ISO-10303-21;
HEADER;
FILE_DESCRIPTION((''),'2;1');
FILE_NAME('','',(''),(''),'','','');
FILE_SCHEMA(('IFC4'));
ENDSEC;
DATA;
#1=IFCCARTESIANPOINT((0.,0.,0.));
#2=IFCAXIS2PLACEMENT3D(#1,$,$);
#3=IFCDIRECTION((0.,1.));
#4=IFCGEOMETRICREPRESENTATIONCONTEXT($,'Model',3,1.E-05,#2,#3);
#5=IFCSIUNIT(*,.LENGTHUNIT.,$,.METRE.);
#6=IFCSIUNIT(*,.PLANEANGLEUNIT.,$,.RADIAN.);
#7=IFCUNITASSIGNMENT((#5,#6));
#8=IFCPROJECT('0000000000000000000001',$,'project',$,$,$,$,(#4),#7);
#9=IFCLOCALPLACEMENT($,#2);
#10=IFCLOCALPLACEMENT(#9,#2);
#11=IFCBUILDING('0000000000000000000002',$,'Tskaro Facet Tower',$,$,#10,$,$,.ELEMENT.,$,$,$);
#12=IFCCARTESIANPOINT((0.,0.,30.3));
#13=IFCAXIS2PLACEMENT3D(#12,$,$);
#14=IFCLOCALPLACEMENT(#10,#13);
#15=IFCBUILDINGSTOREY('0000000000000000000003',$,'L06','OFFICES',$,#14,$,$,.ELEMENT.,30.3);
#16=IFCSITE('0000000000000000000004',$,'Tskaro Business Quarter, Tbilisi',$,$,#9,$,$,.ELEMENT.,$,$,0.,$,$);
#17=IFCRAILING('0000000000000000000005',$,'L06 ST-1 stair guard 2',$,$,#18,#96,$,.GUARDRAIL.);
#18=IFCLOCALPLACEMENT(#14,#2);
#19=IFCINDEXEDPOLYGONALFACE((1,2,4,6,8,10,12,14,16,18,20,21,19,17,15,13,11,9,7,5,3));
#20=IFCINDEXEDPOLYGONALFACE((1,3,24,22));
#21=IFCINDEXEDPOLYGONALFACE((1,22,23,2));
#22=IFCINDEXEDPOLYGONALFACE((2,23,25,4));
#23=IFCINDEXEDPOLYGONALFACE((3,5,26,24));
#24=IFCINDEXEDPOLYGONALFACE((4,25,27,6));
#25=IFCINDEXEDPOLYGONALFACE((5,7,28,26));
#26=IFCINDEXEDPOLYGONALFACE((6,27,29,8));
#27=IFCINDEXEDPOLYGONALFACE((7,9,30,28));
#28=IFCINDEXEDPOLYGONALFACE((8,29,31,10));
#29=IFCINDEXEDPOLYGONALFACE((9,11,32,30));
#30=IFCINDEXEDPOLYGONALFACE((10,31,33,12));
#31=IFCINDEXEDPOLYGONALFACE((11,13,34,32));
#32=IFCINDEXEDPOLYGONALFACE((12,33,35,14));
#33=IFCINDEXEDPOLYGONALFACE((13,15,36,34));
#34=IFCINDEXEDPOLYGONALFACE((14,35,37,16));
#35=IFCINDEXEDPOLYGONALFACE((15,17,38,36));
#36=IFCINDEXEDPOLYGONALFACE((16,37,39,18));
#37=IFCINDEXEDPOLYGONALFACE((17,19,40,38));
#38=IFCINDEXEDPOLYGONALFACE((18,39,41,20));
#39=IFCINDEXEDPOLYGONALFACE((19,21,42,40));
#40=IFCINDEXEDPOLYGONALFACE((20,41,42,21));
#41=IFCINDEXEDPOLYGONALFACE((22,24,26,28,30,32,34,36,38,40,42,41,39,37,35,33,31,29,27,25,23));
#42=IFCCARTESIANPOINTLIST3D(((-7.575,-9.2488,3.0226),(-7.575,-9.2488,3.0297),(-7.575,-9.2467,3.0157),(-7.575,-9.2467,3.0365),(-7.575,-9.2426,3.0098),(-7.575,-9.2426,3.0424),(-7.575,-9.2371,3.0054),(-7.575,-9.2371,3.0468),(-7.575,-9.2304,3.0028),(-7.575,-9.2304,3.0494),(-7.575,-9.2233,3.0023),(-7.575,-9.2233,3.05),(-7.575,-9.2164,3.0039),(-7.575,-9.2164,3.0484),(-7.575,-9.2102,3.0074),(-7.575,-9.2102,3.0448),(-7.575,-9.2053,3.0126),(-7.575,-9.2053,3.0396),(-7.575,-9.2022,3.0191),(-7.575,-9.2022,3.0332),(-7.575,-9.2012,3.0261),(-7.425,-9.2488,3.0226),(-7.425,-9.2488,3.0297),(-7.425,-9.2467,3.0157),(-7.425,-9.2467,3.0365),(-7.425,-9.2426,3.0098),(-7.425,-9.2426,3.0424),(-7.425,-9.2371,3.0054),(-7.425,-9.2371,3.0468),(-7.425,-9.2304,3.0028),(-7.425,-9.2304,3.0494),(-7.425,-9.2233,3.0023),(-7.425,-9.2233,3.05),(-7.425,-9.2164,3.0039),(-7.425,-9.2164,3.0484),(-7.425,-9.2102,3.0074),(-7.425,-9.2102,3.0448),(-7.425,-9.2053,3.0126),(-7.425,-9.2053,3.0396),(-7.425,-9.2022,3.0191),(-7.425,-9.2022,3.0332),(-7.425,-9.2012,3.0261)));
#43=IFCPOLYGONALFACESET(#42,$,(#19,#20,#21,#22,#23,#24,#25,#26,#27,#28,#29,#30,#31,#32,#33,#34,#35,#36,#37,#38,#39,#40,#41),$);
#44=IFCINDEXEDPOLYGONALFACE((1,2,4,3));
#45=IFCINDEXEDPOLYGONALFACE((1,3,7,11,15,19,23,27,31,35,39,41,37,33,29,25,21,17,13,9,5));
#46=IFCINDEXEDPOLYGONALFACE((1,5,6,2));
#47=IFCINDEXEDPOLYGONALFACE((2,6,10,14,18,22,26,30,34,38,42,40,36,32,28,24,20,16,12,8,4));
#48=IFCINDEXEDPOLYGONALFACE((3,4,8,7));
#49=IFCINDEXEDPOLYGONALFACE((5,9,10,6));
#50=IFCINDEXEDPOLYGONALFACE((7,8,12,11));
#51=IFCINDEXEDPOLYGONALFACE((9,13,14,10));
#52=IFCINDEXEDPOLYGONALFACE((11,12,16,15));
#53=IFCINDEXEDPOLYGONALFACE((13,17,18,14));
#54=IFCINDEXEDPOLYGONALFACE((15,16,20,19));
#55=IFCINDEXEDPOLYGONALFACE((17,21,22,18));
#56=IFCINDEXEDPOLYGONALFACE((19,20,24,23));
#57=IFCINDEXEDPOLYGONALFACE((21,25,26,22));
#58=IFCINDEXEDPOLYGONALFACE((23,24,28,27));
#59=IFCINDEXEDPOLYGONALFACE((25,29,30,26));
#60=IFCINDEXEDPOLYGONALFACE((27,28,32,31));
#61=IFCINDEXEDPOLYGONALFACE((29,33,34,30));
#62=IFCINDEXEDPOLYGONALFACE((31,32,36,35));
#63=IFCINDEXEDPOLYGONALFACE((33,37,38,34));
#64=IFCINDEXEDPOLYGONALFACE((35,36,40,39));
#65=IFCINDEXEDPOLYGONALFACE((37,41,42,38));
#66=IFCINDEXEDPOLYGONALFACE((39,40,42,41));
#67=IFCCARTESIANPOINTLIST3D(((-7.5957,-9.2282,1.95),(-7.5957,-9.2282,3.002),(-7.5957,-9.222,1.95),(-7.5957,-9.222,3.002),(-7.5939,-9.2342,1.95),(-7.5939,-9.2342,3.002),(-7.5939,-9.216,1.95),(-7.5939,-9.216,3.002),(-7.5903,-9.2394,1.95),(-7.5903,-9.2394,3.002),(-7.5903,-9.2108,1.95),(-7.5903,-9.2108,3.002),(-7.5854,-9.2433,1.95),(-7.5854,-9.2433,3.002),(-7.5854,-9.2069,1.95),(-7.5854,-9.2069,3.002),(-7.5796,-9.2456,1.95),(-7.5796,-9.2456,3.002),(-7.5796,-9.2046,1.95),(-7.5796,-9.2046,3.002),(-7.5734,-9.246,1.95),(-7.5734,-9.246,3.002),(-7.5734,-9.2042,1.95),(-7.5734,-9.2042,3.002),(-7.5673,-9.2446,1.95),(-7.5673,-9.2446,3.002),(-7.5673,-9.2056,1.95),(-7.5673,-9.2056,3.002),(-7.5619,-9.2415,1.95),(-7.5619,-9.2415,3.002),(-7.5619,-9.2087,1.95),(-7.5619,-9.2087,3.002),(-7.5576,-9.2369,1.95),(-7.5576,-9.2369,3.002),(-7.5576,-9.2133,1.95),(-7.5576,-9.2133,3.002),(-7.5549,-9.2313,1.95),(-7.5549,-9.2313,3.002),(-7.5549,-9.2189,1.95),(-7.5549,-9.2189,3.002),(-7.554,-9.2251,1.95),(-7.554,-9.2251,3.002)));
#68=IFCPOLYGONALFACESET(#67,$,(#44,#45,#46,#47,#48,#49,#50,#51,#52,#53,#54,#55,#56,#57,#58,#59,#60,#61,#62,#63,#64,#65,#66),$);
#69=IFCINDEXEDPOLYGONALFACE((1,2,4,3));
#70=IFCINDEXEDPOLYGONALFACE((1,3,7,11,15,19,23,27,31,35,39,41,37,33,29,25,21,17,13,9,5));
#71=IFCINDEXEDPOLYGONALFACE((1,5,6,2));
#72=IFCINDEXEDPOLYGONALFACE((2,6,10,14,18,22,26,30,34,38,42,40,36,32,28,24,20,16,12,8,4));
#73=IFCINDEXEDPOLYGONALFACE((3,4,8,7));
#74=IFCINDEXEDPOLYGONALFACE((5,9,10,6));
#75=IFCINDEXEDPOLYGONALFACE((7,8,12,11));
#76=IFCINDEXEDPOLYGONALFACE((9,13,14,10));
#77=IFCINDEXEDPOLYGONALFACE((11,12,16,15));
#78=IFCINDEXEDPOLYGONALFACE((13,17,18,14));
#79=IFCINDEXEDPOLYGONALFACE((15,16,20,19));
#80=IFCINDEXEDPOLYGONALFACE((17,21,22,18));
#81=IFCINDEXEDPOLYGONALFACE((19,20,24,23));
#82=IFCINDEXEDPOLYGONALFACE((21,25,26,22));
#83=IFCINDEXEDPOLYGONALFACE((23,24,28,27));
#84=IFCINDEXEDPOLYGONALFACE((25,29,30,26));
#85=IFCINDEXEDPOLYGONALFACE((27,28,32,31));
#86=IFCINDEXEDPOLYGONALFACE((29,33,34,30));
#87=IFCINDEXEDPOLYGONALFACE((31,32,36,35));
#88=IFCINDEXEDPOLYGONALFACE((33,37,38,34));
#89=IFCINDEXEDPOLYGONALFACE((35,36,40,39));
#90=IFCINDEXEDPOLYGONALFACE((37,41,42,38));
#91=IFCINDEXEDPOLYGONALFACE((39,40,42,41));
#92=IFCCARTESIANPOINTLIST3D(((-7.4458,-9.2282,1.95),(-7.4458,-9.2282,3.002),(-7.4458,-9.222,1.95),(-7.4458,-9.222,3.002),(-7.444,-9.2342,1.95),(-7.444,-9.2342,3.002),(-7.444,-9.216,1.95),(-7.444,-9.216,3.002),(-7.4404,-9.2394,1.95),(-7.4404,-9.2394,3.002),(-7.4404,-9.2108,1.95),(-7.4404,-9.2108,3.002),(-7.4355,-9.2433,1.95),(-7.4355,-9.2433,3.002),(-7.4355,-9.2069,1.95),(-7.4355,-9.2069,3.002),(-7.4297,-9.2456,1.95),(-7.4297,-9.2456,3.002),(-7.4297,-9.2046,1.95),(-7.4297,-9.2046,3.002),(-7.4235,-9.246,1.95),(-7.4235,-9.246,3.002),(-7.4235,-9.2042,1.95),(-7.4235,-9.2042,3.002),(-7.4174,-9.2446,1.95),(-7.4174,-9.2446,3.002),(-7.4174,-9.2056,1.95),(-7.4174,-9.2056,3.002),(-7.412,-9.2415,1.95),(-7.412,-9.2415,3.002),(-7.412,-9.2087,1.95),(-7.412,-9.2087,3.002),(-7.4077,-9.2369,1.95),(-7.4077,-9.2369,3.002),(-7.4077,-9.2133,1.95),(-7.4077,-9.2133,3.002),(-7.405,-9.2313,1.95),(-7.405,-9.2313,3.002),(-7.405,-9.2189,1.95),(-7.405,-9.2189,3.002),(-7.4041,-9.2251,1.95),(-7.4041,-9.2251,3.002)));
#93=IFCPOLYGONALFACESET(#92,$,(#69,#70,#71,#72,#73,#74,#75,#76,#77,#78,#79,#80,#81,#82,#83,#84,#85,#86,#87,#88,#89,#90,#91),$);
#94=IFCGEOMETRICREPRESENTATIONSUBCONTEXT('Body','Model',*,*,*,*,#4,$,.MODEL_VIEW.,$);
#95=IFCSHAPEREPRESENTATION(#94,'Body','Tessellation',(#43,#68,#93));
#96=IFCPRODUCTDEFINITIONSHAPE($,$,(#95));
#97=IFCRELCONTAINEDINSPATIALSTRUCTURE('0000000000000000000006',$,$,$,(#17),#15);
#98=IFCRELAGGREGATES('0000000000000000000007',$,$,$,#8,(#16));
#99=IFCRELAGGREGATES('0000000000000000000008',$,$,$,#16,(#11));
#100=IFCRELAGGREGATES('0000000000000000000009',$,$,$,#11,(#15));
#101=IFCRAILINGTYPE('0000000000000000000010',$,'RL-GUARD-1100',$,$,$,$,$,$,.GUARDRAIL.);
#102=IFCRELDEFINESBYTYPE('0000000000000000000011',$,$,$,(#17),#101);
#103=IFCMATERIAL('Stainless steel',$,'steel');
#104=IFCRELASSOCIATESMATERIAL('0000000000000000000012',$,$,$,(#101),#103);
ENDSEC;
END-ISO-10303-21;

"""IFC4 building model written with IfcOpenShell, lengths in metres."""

from ifc_helpers import new_model, si_unit, direction, frame, origin, origin_2d, place, context, subcontext, project, spatial, circle, extrude, material, type_object, element, save


model = new_model("IFC4")

# Units and contexts
model_context = context("Model", 3, precision=1e-05, world=origin(), true_north=direction((0.0, 1.0)))
body_context = subcontext(model_context, "Body", "Model", "MODEL_VIEW")
ifc_project = project(units=[si_unit("LENGTHUNIT", "METRE"), si_unit("PLANEANGLEUNIT", "RADIAN")], contexts=[model_context])

# Site, building, storey
site_placement = place(None, origin())
site = spatial("IfcSite", under=ifc_project, at=site_placement, Name="Tskaro Business Quarter, Tbilisi", CompositionType="ELEMENT", RefElevation=0.0)
building_placement = place(site_placement, origin())
building = spatial("IfcBuilding", under=site, at=building_placement, Name="Tskaro Facet Tower", CompositionType="ELEMENT")
storey_placement = place(building_placement, frame((0.0, 0.0, 30.3)))
storey = spatial("IfcBuildingStorey", under=building, at=storey_placement, Name="L06", Description="OFFICES", CompositionType="ELEMENT", Elevation=30.3)

# Shared definitions
ifc_material_1 = material(Name="Stainless steel", Category="steel")

# Railing
railing_type_1 = type_object("IfcRailingType", Name="RL-GUARD-1100", PredefinedType="GUARDRAIL", material=ifc_material_1)
railing_1_placement = place(storey_placement, frame((-7.575, -9.2251, 1.95)))
element("IfcRailing", 1, at=railing_1_placement, inside=storey, type_object=railing_type_1, Name="L06 ST-1 stair guard 2", PredefinedType="GUARDRAIL", context=body_context, shape_type="SweptSolid", body=[
    extrude(circle(Radius=0.0239, at=origin_2d()), frame((0.0, 0.0, 1.0762), z_axis=(1.0, 0.0, 0.0), x_axis=(0.0, 1.0, 0.0)), (0.0, 0.0, 1.0), 0.1499),
    extrude(circle(Radius=0.021, at=origin_2d()), origin(), (0.0, 0.0, 1.0), 1.052),
    extrude(circle(Radius=0.021, at=origin_2d()), frame((0.1499, 0.0, 0.0)), (0.0, 0.0, 1.0), 1.052),
])

save(model, "model.ifc")
